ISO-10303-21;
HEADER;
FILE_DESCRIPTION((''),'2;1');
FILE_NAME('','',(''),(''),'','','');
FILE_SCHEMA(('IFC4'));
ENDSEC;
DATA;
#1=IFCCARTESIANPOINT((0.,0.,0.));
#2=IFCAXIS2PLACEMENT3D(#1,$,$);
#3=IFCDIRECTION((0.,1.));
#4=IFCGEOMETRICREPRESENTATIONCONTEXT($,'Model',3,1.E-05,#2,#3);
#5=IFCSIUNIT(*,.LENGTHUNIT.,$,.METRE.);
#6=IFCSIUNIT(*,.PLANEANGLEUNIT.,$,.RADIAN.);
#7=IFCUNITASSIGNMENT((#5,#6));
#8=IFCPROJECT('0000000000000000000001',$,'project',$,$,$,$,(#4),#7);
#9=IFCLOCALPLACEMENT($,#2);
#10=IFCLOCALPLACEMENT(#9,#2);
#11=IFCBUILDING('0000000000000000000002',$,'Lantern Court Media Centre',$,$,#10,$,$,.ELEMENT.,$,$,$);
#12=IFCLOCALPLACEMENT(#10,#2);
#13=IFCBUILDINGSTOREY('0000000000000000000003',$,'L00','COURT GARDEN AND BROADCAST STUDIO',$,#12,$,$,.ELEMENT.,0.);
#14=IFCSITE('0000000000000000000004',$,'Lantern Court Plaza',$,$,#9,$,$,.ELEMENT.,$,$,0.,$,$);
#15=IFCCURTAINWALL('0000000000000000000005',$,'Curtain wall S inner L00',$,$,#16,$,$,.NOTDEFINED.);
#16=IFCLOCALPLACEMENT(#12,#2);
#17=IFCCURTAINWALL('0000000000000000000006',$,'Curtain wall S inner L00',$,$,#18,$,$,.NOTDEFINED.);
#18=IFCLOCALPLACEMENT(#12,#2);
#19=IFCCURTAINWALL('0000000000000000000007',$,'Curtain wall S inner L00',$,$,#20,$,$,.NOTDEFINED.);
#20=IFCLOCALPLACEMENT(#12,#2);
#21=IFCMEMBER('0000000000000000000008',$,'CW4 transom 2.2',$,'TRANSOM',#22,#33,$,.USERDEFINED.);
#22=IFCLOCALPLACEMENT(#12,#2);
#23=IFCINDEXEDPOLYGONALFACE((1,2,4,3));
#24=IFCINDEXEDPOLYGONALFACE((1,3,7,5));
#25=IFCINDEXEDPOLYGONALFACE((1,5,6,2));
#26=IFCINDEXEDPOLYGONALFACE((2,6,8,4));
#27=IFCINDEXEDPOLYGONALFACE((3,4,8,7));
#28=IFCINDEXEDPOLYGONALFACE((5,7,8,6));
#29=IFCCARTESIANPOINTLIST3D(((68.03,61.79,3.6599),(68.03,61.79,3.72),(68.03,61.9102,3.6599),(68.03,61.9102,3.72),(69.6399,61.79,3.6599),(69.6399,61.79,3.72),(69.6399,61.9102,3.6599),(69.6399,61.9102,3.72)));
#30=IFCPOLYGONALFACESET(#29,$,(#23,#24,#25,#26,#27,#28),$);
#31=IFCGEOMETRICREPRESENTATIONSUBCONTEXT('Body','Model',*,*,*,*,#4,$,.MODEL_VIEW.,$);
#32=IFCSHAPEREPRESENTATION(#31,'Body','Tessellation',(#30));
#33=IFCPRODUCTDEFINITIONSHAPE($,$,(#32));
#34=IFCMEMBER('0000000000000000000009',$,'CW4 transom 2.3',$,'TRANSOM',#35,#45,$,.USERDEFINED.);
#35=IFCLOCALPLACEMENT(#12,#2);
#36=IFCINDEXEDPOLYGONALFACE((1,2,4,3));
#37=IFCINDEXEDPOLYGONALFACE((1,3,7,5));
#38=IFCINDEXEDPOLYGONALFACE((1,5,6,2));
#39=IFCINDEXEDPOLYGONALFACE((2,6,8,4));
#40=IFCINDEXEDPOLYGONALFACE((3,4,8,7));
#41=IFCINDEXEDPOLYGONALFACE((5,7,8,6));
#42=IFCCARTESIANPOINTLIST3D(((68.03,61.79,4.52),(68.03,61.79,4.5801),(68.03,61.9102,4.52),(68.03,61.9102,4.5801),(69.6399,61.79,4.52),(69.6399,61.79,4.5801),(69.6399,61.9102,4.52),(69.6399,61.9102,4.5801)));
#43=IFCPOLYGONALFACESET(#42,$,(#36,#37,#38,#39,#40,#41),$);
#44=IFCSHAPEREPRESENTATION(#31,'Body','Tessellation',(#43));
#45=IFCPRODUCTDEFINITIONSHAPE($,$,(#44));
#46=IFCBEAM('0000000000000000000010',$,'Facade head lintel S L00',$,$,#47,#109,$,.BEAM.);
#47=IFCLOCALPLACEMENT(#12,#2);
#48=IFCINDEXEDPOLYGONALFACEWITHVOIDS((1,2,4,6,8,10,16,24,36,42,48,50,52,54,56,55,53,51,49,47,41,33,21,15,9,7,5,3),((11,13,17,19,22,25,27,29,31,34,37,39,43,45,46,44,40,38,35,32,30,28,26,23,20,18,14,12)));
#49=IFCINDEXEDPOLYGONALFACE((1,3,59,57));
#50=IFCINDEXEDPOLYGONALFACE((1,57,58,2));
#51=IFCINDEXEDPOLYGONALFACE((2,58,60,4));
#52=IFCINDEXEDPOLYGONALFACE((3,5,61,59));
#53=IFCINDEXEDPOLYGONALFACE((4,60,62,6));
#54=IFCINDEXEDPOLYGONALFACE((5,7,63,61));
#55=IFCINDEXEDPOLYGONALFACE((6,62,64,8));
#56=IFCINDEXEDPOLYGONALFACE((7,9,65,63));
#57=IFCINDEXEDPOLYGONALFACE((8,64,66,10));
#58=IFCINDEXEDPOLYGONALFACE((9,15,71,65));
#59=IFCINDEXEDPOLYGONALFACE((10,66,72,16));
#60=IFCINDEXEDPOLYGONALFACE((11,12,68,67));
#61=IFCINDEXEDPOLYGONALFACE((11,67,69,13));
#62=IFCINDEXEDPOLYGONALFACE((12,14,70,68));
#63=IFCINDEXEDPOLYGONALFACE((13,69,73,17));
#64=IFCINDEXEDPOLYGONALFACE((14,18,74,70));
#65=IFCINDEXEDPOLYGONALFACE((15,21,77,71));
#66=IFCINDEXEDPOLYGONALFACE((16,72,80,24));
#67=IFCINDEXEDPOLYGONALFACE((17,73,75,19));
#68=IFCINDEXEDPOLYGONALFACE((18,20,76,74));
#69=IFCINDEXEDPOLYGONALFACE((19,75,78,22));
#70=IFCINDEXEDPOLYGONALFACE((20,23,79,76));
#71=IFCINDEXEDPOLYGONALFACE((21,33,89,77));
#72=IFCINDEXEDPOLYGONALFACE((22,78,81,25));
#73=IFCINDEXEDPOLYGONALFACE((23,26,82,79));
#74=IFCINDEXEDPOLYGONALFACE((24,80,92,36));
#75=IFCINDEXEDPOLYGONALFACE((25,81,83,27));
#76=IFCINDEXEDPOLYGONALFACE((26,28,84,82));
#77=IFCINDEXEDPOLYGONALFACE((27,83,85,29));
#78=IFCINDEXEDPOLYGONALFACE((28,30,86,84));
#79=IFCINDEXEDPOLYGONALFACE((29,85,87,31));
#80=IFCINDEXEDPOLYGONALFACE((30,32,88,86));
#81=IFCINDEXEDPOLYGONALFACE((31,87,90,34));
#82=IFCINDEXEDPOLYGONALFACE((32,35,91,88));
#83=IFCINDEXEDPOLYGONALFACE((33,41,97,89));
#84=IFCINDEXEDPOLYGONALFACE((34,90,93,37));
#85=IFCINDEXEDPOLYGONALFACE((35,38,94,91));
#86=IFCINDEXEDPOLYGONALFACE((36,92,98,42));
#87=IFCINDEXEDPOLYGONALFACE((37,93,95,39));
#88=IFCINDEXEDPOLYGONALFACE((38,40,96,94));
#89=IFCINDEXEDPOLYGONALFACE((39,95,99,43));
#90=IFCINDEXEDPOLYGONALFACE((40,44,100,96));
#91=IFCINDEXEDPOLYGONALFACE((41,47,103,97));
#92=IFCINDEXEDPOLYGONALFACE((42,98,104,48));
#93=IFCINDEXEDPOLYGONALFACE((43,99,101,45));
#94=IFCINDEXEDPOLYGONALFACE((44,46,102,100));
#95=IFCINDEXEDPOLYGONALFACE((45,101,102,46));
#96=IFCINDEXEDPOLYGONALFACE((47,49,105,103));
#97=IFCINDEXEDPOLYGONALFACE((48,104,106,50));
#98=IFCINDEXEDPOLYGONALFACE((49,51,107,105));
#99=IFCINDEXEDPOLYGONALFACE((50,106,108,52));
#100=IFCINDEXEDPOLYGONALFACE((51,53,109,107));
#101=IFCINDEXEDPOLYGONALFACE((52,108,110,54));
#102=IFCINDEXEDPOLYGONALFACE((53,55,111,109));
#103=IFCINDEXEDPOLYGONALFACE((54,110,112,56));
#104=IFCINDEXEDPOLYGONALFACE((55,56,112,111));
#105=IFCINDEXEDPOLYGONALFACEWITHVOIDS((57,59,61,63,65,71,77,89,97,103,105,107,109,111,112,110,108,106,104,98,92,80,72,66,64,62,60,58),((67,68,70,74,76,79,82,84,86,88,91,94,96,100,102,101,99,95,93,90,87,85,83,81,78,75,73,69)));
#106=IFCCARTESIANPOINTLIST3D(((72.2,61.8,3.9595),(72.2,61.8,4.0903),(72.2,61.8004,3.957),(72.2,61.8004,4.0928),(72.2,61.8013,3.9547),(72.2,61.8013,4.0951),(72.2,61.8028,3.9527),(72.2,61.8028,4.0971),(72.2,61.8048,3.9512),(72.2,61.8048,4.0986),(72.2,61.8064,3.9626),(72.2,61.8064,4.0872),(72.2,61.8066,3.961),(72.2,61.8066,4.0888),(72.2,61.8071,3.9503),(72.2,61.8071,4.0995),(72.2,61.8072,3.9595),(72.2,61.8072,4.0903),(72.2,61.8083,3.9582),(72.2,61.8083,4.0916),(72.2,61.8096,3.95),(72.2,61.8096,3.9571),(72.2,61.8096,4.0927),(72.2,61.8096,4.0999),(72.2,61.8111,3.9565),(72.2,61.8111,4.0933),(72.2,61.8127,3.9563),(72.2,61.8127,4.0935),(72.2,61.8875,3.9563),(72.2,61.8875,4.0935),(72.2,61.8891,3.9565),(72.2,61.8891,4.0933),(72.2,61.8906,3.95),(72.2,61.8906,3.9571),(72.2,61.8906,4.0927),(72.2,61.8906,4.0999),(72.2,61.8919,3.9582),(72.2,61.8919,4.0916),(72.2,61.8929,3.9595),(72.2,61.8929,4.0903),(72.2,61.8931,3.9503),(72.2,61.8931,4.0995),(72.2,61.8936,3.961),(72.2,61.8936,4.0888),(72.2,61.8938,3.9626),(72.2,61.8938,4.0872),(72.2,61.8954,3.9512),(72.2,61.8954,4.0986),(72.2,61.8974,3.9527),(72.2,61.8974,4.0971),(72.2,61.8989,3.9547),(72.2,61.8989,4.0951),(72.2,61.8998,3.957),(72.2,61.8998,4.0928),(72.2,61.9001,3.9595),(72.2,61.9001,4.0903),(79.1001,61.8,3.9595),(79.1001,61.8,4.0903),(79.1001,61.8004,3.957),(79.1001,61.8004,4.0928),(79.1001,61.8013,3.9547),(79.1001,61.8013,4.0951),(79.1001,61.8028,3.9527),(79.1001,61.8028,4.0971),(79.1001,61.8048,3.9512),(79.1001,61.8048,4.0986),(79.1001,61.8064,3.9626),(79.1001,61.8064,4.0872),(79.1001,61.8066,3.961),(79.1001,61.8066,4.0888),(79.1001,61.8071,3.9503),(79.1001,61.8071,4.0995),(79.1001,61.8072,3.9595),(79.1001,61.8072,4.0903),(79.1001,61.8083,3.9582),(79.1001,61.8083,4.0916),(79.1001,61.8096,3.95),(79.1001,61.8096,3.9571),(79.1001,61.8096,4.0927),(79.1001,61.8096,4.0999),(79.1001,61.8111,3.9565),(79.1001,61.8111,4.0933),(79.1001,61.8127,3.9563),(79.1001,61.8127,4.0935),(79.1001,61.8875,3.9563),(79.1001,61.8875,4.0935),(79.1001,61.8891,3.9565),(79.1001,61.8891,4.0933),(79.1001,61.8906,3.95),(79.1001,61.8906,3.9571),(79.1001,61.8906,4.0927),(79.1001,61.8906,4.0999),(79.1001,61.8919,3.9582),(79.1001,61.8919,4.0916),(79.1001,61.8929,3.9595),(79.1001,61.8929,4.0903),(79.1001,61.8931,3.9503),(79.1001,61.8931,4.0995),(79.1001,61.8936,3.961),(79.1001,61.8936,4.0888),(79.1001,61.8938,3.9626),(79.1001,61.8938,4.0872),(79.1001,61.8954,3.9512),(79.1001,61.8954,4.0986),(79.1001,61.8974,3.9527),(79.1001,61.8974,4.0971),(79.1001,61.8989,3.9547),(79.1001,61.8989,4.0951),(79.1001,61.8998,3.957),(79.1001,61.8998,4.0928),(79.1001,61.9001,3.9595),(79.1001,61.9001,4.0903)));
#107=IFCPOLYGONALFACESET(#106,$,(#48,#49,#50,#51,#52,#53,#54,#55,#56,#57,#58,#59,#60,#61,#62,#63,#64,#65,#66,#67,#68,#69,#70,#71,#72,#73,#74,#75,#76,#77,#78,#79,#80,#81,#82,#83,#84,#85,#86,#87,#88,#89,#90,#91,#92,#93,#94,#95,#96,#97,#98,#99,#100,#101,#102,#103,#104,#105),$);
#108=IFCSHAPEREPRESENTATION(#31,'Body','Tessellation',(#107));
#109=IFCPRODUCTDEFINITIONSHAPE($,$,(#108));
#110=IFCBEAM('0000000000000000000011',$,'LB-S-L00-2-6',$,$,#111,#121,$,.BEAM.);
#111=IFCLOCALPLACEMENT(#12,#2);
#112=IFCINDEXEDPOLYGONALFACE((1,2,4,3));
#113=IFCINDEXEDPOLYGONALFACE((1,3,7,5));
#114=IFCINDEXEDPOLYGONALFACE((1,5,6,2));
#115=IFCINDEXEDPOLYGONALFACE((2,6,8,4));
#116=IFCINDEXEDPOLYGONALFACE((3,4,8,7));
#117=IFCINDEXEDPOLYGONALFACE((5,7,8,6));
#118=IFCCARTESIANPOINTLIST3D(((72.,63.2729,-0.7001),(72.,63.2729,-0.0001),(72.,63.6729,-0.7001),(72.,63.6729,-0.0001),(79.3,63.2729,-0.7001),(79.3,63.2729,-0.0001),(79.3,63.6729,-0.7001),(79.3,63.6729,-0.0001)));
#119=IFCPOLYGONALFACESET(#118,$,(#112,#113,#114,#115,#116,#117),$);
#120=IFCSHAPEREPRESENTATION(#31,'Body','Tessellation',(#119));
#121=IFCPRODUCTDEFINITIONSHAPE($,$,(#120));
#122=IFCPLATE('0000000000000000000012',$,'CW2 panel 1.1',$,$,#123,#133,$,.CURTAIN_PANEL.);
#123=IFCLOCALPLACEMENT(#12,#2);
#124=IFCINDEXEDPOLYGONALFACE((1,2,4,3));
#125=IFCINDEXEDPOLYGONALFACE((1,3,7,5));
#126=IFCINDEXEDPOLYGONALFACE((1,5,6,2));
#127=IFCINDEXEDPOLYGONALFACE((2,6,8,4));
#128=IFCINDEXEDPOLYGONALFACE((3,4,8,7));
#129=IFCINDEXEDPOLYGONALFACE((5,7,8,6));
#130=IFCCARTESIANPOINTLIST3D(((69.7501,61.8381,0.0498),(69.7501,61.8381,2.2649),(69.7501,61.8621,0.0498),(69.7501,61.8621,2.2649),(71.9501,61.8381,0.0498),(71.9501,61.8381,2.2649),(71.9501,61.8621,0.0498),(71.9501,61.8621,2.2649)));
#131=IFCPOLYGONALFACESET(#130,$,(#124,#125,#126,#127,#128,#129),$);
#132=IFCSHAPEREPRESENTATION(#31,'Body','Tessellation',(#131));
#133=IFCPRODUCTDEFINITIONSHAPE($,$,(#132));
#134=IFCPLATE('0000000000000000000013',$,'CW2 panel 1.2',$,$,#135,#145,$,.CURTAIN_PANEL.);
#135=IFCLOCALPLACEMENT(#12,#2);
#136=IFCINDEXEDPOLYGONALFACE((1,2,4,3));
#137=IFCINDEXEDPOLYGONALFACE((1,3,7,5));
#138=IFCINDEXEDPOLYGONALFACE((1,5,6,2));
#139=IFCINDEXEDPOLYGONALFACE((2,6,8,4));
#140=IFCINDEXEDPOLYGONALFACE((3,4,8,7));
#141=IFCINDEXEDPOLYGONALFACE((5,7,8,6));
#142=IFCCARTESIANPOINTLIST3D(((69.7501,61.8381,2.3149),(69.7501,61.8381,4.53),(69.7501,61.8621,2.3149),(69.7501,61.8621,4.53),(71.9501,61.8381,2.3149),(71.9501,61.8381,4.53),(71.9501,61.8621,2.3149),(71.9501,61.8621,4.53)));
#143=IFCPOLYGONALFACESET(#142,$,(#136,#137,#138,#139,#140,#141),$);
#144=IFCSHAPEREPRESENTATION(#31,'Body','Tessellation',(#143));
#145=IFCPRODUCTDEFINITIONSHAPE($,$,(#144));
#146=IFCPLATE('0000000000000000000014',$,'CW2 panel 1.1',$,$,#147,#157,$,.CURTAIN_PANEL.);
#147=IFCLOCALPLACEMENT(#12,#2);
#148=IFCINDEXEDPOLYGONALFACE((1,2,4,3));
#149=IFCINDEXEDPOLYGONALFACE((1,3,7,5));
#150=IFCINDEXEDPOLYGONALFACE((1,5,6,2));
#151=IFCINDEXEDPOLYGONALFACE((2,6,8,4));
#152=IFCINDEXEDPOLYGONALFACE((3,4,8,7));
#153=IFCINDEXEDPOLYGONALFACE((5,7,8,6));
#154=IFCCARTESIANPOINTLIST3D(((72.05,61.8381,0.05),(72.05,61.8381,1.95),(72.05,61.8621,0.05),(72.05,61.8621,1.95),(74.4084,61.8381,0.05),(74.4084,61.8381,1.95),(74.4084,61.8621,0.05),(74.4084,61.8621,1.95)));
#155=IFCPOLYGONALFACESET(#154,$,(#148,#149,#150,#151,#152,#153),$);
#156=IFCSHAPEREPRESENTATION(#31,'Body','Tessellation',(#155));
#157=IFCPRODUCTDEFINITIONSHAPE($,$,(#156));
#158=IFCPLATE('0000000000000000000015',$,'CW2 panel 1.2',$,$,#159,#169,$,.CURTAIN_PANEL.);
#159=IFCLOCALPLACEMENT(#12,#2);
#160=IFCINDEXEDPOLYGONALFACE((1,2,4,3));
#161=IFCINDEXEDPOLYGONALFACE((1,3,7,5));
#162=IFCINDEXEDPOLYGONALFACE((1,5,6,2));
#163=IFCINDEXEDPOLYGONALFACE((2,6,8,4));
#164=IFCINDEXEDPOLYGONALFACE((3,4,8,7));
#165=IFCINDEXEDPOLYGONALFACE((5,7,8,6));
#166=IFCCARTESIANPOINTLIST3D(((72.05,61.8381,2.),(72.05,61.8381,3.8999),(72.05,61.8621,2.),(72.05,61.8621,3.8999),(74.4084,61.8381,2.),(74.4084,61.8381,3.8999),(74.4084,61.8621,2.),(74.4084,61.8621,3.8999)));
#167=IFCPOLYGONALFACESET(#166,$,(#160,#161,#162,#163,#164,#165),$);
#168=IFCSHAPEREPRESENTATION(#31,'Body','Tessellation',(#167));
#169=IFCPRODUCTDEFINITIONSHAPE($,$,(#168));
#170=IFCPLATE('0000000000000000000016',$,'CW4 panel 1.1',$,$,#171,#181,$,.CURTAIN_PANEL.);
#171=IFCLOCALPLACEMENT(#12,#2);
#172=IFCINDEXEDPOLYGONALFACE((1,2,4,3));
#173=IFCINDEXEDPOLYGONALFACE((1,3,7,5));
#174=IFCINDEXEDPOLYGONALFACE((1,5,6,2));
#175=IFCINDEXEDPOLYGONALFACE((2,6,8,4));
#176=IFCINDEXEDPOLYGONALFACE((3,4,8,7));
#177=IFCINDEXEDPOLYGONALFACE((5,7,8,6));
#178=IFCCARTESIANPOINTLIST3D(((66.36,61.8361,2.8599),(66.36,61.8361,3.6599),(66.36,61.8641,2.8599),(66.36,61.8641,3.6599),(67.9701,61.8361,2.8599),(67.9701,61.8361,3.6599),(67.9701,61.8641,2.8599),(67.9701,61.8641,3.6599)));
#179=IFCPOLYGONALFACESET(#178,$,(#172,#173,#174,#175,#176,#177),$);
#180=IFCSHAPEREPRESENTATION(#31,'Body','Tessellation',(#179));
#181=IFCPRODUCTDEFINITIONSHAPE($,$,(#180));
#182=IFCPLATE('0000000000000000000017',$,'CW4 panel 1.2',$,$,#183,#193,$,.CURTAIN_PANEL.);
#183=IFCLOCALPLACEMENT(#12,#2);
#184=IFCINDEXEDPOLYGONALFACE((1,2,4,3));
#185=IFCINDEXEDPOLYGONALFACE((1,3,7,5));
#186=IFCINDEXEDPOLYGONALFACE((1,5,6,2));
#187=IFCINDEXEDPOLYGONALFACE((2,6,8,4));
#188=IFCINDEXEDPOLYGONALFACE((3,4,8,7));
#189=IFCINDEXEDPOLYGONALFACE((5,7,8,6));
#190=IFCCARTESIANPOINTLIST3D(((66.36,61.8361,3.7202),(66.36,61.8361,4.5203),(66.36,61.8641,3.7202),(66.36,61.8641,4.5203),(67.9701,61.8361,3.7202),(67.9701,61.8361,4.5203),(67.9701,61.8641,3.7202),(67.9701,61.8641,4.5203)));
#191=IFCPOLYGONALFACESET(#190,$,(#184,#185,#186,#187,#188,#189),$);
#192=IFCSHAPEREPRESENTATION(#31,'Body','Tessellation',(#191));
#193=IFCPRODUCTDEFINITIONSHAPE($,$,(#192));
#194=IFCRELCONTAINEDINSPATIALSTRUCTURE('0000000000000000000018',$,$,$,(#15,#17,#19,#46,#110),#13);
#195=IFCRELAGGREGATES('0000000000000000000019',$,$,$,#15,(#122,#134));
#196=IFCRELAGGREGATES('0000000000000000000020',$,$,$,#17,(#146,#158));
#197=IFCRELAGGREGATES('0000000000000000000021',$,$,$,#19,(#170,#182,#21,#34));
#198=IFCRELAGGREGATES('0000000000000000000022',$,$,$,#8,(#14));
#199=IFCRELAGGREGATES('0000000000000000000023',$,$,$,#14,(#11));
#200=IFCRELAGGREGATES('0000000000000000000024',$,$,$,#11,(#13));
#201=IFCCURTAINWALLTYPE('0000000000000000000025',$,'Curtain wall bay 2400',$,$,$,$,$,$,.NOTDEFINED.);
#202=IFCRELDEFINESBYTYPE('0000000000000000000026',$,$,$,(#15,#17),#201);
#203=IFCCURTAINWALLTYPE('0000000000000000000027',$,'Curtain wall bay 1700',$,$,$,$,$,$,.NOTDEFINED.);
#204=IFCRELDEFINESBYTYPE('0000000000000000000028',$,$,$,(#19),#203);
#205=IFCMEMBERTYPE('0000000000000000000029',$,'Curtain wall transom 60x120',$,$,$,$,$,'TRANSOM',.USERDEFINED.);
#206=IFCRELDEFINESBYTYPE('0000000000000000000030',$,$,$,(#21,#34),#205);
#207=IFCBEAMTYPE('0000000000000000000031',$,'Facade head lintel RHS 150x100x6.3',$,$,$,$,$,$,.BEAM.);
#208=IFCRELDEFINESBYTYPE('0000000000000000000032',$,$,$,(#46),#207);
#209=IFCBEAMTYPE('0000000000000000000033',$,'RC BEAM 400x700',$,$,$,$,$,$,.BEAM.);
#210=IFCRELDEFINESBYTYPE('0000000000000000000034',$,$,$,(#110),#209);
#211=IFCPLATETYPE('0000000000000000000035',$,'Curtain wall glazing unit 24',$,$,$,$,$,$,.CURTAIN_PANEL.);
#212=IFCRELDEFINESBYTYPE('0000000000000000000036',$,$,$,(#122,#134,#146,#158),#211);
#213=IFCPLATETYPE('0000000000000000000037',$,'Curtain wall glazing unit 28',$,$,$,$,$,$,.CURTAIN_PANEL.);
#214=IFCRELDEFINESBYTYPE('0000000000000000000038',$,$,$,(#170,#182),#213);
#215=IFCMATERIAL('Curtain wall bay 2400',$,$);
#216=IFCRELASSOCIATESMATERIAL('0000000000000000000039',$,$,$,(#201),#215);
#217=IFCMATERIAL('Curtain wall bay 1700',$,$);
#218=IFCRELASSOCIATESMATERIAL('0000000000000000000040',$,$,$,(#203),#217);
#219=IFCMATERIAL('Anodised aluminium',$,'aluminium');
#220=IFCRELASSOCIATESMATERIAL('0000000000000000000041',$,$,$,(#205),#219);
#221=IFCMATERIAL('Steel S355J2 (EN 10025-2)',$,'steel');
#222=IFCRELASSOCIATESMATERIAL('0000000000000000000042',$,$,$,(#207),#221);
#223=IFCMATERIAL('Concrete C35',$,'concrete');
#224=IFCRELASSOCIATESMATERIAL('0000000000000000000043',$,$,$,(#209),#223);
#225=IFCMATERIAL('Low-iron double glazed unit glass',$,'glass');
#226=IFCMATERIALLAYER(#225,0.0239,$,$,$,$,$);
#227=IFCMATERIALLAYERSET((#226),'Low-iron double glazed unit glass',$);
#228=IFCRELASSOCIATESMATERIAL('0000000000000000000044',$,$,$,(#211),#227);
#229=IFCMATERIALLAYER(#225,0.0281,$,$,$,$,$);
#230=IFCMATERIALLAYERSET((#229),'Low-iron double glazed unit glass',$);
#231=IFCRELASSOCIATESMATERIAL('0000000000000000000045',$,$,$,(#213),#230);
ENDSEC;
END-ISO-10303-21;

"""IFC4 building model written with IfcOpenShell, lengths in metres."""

from ifc_helpers import new_model, si_unit, direction, frame, origin, origin_2d, place, context, subcontext, project, spatial, rectangle, hollow_rectangle, extrude, material, layer, layer_set, material_profile, profile_set, type_object, element, aggregate, save


model = new_model("IFC4")

# Units and contexts
model_context = context("Model", 3, precision=1e-05, world=origin(), true_north=direction((0.0, 1.0)))
body_context = subcontext(model_context, "Body", "Model", "MODEL_VIEW")
ifc_project = project(units=[si_unit("LENGTHUNIT", "METRE"), si_unit("PLANEANGLEUNIT", "RADIAN")], contexts=[model_context])

# Site, building, storey
site_placement = place(None, origin())
site = spatial("IfcSite", under=ifc_project, at=site_placement, Name="Lantern Court Plaza", CompositionType="ELEMENT", RefElevation=0.0)
building_placement = place(site_placement, origin())
building = spatial("IfcBuilding", under=site, at=building_placement, Name="Lantern Court Media Centre", CompositionType="ELEMENT")
storey_placement = place(building_placement, origin())
storey = spatial("IfcBuildingStorey", under=building, at=storey_placement, Name="L00", Description="COURT GARDEN AND BROADCAST STUDIO", CompositionType="ELEMENT", Elevation=0.0)

# Shared definitions
ifc_material_1 = material(Name="Concrete C35", Category="concrete")

# Curtain wall
ifc_material_2 = material(Name="Curtain wall bay 2400")
curtain_wall_type_1 = type_object("IfcCurtainWallType", Name="Curtain wall bay 2400", PredefinedType="NOTDEFINED", material=ifc_material_2)
curtain_wall_1_placement = place(storey_placement, origin())
curtain_wall_1 = element("IfcCurtainWall", 1, at=curtain_wall_1_placement, inside=storey, type_object=curtain_wall_type_1, Name="Curtain wall S inner L00", PredefinedType="NOTDEFINED")
ifc_material_3 = material(Name="Anodised aluminium", Category="aluminium")

# Curtain wall
curtain_wall_2_placement = place(storey_placement, origin())
curtain_wall_2 = element("IfcCurtainWall", 2, at=curtain_wall_2_placement, inside=storey, type_object=curtain_wall_type_1, Name="Curtain wall S inner L00", PredefinedType="NOTDEFINED")

# Curtain wall
ifc_material_4 = material(Name="Curtain wall bay 1700")
curtain_wall_type_2 = type_object("IfcCurtainWallType", Name="Curtain wall bay 1700", PredefinedType="NOTDEFINED", material=ifc_material_4)
curtain_wall_3_placement = place(storey_placement, origin())
curtain_wall_3 = element("IfcCurtainWall", 3, at=curtain_wall_3_placement, inside=storey, type_object=curtain_wall_type_2, Name="Curtain wall S inner L00", PredefinedType="NOTDEFINED")

# Members
ifc_material_profile_1 = material_profile(ifc_material_3, rectangle(XDim=0.1201, YDim=0.0601, at=origin_2d()), Name="AL 60x120")
ifc_profile_set_1 = profile_set([ifc_material_profile_1], Name="Anodised aluminium")
member_type_1 = type_object("IfcMemberType", Name="Curtain wall transom 60x120", ElementType="TRANSOM", PredefinedType="USERDEFINED", material=ifc_profile_set_1)
member_1_placement = place(storey_placement, frame((68.03, 61.8501, 3.6899), z_axis=(1.0, 0.0, 0.0), x_axis=(0.0, 1.0, 0.0)))
member_1 = element("IfcMember", 4, at=member_1_placement, type_object=member_type_1, Name="CW4 transom 2.2", ObjectType="TRANSOM", PredefinedType="USERDEFINED", context=body_context, shape_type="SweptSolid", body=[
    extrude(rectangle(XDim=0.1201, YDim=0.0601, at=origin_2d()), origin(), (0.0, 0.0, 1.0), 1.6099),
])
member_2_placement = place(storey_placement, frame((68.03, 61.8501, 4.55), z_axis=(1.0, 0.0, 0.0), x_axis=(0.0, 1.0, 0.0)))
member_2 = element("IfcMember", 5, at=member_2_placement, type_object=member_type_1, Name="CW4 transom 2.3", ObjectType="TRANSOM", PredefinedType="USERDEFINED", context=body_context, shape_type="SweptSolid", body=[
    extrude(rectangle(XDim=0.1201, YDim=0.0601, at=origin_2d()), origin(), (0.0, 0.0, 1.0), 1.6099),
])

# Beams
ifc_material_5 = material(Name="Steel S355J2 (EN 10025-2)", Category="steel")
ifc_material_profile_2 = material_profile(ifc_material_5, hollow_rectangle(XDim=0.1001, YDim=0.1499, WallThickness=0.0063, InnerFilletRadius=0.0063, OuterFilletRadius=0.0095, at=origin_2d()), Name="Facade head lintel RHS 150x100x6.3")
ifc_profile_set_2 = profile_set([ifc_material_profile_2], Name="Steel S355J2 (EN 10025-2)")
beam_type_1 = type_object("IfcBeamType", Name="Facade head lintel RHS 150x100x6.3", PredefinedType="BEAM", material=ifc_profile_set_2)
beam_1_placement = place(storey_placement, frame((72.2, 61.8501, 4.0249), z_axis=(1.0, 0.0, 0.0), x_axis=(0.0, 1.0, 0.0)))
element("IfcBeam", 6, at=beam_1_placement, inside=storey, type_object=beam_type_1, Name="Facade head lintel S L00", PredefinedType="BEAM", context=body_context, shape_type="SweptSolid", body=[
    extrude(hollow_rectangle(XDim=0.1001, YDim=0.1499, WallThickness=0.0063, InnerFilletRadius=0.0063, OuterFilletRadius=0.0095, at=origin_2d()), origin(), (0.0, 0.0, 1.0), 6.9001),
])
ifc_material_profile_3 = material_profile(ifc_material_1, rectangle(XDim=0.3999, YDim=0.7, at=origin_2d()), Name="RC 400x700")
ifc_profile_set_3 = profile_set([ifc_material_profile_3], Name="Concrete C35")
beam_type_2 = type_object("IfcBeamType", Name="RC BEAM 400x700", PredefinedType="BEAM", material=ifc_profile_set_3)
beam_2_placement = place(storey_placement, frame((72.0, 63.4729, -0.3501), z_axis=(1.0, 0.0, 0.0), x_axis=(0.0, 1.0, 0.0)))
element("IfcBeam", 7, at=beam_2_placement, inside=storey, type_object=beam_type_2, Name="LB-S-L00-2-6", PredefinedType="BEAM", context=body_context, shape_type="SweptSolid", body=[
    extrude(rectangle(XDim=0.3999, YDim=0.7, at=origin_2d()), origin(), (0.0, 0.0, 1.0), 7.3),
])

# Plates
ifc_material_6 = material(Name="Low-iron double glazed unit glass", Category="glass")
ifc_layer_1 = layer(ifc_material_6, 0.0239)
ifc_layer_set_1 = layer_set([ifc_layer_1], Name="Low-iron double glazed unit glass")
plate_type_1 = type_object("IfcPlateType", Name="Curtain wall glazing unit 24", PredefinedType="CURTAIN_PANEL", material=ifc_layer_set_1)
plate_1_placement = place(storey_placement, frame((70.8501, 61.8501, 0.0498), z_axis=(0.0, 0.0, 1.0), x_axis=(1.0, 0.0, 0.0)))
plate_1 = element("IfcPlate", 8, at=plate_1_placement, type_object=plate_type_1, Name="CW2 panel 1.1", PredefinedType="CURTAIN_PANEL", context=body_context, shape_type="SweptSolid", body=[
    extrude(rectangle(XDim=2.2, YDim=0.0239, at=origin_2d()), origin(), (0.0, 0.0, 1.0), 2.2151),
])
plate_2_placement = place(storey_placement, frame((70.8501, 61.8501, 2.3149), z_axis=(0.0, 0.0, 1.0), x_axis=(1.0, 0.0, 0.0)))
plate_2 = element("IfcPlate", 9, at=plate_2_placement, type_object=plate_type_1, Name="CW2 panel 1.2", PredefinedType="CURTAIN_PANEL", context=body_context, shape_type="SweptSolid", body=[
    extrude(rectangle(XDim=2.2, YDim=0.0239, at=origin_2d()), origin(), (0.0, 0.0, 1.0), 2.2151),
])
aggregate(curtain_wall_1, [plate_1, plate_2])
plate_3_placement = place(storey_placement, frame((73.2292, 61.8501, 0.05), z_axis=(0.0, 0.0, 1.0), x_axis=(1.0, 0.0, 0.0)))
plate_3 = element("IfcPlate", 10, at=plate_3_placement, type_object=plate_type_1, Name="CW2 panel 1.1", PredefinedType="CURTAIN_PANEL", context=body_context, shape_type="SweptSolid", body=[
    extrude(rectangle(XDim=2.3584, YDim=0.0239, at=origin_2d()), origin(), (0.0, 0.0, 1.0), 1.8999),
])
plate_4_placement = place(storey_placement, frame((73.2292, 61.8501, 2.0), z_axis=(0.0, 0.0, 1.0), x_axis=(1.0, 0.0, 0.0)))
plate_4 = element("IfcPlate", 11, at=plate_4_placement, type_object=plate_type_1, Name="CW2 panel 1.2", PredefinedType="CURTAIN_PANEL", context=body_context, shape_type="SweptSolid", body=[
    extrude(rectangle(XDim=2.3584, YDim=0.0239, at=origin_2d()), origin(), (0.0, 0.0, 1.0), 1.8999),
])
aggregate(curtain_wall_2, [plate_3, plate_4])
ifc_layer_2 = layer(ifc_material_6, 0.0281)
ifc_layer_set_2 = layer_set([ifc_layer_2], Name="Low-iron double glazed unit glass")
plate_type_2 = type_object("IfcPlateType", Name="Curtain wall glazing unit 28", PredefinedType="CURTAIN_PANEL", material=ifc_layer_set_2)
plate_5_placement = place(storey_placement, frame((67.165, 61.8501, 2.8599), z_axis=(0.0, 0.0, 1.0), x_axis=(1.0, 0.0, 0.0)))
plate_5 = element("IfcPlate", 12, at=plate_5_placement, type_object=plate_type_2, Name="CW4 panel 1.1", PredefinedType="CURTAIN_PANEL", context=body_context, shape_type="SweptSolid", body=[
    extrude(rectangle(XDim=1.6101, YDim=0.0281, at=origin_2d()), origin(), (0.0, 0.0, 1.0), 0.8),
])
plate_6_placement = place(storey_placement, frame((67.165, 61.8501, 3.7202), z_axis=(0.0, 0.0, 1.0), x_axis=(1.0, 0.0, 0.0)))
plate_6 = element("IfcPlate", 13, at=plate_6_placement, type_object=plate_type_2, Name="CW4 panel 1.2", PredefinedType="CURTAIN_PANEL", context=body_context, shape_type="SweptSolid", body=[
    extrude(rectangle(XDim=1.6101, YDim=0.0281, at=origin_2d()), origin(), (0.0, 0.0, 1.0), 0.8),
])
aggregate(curtain_wall_3, [plate_5, plate_6, member_1, member_2])

save(model, "model.ifc")
